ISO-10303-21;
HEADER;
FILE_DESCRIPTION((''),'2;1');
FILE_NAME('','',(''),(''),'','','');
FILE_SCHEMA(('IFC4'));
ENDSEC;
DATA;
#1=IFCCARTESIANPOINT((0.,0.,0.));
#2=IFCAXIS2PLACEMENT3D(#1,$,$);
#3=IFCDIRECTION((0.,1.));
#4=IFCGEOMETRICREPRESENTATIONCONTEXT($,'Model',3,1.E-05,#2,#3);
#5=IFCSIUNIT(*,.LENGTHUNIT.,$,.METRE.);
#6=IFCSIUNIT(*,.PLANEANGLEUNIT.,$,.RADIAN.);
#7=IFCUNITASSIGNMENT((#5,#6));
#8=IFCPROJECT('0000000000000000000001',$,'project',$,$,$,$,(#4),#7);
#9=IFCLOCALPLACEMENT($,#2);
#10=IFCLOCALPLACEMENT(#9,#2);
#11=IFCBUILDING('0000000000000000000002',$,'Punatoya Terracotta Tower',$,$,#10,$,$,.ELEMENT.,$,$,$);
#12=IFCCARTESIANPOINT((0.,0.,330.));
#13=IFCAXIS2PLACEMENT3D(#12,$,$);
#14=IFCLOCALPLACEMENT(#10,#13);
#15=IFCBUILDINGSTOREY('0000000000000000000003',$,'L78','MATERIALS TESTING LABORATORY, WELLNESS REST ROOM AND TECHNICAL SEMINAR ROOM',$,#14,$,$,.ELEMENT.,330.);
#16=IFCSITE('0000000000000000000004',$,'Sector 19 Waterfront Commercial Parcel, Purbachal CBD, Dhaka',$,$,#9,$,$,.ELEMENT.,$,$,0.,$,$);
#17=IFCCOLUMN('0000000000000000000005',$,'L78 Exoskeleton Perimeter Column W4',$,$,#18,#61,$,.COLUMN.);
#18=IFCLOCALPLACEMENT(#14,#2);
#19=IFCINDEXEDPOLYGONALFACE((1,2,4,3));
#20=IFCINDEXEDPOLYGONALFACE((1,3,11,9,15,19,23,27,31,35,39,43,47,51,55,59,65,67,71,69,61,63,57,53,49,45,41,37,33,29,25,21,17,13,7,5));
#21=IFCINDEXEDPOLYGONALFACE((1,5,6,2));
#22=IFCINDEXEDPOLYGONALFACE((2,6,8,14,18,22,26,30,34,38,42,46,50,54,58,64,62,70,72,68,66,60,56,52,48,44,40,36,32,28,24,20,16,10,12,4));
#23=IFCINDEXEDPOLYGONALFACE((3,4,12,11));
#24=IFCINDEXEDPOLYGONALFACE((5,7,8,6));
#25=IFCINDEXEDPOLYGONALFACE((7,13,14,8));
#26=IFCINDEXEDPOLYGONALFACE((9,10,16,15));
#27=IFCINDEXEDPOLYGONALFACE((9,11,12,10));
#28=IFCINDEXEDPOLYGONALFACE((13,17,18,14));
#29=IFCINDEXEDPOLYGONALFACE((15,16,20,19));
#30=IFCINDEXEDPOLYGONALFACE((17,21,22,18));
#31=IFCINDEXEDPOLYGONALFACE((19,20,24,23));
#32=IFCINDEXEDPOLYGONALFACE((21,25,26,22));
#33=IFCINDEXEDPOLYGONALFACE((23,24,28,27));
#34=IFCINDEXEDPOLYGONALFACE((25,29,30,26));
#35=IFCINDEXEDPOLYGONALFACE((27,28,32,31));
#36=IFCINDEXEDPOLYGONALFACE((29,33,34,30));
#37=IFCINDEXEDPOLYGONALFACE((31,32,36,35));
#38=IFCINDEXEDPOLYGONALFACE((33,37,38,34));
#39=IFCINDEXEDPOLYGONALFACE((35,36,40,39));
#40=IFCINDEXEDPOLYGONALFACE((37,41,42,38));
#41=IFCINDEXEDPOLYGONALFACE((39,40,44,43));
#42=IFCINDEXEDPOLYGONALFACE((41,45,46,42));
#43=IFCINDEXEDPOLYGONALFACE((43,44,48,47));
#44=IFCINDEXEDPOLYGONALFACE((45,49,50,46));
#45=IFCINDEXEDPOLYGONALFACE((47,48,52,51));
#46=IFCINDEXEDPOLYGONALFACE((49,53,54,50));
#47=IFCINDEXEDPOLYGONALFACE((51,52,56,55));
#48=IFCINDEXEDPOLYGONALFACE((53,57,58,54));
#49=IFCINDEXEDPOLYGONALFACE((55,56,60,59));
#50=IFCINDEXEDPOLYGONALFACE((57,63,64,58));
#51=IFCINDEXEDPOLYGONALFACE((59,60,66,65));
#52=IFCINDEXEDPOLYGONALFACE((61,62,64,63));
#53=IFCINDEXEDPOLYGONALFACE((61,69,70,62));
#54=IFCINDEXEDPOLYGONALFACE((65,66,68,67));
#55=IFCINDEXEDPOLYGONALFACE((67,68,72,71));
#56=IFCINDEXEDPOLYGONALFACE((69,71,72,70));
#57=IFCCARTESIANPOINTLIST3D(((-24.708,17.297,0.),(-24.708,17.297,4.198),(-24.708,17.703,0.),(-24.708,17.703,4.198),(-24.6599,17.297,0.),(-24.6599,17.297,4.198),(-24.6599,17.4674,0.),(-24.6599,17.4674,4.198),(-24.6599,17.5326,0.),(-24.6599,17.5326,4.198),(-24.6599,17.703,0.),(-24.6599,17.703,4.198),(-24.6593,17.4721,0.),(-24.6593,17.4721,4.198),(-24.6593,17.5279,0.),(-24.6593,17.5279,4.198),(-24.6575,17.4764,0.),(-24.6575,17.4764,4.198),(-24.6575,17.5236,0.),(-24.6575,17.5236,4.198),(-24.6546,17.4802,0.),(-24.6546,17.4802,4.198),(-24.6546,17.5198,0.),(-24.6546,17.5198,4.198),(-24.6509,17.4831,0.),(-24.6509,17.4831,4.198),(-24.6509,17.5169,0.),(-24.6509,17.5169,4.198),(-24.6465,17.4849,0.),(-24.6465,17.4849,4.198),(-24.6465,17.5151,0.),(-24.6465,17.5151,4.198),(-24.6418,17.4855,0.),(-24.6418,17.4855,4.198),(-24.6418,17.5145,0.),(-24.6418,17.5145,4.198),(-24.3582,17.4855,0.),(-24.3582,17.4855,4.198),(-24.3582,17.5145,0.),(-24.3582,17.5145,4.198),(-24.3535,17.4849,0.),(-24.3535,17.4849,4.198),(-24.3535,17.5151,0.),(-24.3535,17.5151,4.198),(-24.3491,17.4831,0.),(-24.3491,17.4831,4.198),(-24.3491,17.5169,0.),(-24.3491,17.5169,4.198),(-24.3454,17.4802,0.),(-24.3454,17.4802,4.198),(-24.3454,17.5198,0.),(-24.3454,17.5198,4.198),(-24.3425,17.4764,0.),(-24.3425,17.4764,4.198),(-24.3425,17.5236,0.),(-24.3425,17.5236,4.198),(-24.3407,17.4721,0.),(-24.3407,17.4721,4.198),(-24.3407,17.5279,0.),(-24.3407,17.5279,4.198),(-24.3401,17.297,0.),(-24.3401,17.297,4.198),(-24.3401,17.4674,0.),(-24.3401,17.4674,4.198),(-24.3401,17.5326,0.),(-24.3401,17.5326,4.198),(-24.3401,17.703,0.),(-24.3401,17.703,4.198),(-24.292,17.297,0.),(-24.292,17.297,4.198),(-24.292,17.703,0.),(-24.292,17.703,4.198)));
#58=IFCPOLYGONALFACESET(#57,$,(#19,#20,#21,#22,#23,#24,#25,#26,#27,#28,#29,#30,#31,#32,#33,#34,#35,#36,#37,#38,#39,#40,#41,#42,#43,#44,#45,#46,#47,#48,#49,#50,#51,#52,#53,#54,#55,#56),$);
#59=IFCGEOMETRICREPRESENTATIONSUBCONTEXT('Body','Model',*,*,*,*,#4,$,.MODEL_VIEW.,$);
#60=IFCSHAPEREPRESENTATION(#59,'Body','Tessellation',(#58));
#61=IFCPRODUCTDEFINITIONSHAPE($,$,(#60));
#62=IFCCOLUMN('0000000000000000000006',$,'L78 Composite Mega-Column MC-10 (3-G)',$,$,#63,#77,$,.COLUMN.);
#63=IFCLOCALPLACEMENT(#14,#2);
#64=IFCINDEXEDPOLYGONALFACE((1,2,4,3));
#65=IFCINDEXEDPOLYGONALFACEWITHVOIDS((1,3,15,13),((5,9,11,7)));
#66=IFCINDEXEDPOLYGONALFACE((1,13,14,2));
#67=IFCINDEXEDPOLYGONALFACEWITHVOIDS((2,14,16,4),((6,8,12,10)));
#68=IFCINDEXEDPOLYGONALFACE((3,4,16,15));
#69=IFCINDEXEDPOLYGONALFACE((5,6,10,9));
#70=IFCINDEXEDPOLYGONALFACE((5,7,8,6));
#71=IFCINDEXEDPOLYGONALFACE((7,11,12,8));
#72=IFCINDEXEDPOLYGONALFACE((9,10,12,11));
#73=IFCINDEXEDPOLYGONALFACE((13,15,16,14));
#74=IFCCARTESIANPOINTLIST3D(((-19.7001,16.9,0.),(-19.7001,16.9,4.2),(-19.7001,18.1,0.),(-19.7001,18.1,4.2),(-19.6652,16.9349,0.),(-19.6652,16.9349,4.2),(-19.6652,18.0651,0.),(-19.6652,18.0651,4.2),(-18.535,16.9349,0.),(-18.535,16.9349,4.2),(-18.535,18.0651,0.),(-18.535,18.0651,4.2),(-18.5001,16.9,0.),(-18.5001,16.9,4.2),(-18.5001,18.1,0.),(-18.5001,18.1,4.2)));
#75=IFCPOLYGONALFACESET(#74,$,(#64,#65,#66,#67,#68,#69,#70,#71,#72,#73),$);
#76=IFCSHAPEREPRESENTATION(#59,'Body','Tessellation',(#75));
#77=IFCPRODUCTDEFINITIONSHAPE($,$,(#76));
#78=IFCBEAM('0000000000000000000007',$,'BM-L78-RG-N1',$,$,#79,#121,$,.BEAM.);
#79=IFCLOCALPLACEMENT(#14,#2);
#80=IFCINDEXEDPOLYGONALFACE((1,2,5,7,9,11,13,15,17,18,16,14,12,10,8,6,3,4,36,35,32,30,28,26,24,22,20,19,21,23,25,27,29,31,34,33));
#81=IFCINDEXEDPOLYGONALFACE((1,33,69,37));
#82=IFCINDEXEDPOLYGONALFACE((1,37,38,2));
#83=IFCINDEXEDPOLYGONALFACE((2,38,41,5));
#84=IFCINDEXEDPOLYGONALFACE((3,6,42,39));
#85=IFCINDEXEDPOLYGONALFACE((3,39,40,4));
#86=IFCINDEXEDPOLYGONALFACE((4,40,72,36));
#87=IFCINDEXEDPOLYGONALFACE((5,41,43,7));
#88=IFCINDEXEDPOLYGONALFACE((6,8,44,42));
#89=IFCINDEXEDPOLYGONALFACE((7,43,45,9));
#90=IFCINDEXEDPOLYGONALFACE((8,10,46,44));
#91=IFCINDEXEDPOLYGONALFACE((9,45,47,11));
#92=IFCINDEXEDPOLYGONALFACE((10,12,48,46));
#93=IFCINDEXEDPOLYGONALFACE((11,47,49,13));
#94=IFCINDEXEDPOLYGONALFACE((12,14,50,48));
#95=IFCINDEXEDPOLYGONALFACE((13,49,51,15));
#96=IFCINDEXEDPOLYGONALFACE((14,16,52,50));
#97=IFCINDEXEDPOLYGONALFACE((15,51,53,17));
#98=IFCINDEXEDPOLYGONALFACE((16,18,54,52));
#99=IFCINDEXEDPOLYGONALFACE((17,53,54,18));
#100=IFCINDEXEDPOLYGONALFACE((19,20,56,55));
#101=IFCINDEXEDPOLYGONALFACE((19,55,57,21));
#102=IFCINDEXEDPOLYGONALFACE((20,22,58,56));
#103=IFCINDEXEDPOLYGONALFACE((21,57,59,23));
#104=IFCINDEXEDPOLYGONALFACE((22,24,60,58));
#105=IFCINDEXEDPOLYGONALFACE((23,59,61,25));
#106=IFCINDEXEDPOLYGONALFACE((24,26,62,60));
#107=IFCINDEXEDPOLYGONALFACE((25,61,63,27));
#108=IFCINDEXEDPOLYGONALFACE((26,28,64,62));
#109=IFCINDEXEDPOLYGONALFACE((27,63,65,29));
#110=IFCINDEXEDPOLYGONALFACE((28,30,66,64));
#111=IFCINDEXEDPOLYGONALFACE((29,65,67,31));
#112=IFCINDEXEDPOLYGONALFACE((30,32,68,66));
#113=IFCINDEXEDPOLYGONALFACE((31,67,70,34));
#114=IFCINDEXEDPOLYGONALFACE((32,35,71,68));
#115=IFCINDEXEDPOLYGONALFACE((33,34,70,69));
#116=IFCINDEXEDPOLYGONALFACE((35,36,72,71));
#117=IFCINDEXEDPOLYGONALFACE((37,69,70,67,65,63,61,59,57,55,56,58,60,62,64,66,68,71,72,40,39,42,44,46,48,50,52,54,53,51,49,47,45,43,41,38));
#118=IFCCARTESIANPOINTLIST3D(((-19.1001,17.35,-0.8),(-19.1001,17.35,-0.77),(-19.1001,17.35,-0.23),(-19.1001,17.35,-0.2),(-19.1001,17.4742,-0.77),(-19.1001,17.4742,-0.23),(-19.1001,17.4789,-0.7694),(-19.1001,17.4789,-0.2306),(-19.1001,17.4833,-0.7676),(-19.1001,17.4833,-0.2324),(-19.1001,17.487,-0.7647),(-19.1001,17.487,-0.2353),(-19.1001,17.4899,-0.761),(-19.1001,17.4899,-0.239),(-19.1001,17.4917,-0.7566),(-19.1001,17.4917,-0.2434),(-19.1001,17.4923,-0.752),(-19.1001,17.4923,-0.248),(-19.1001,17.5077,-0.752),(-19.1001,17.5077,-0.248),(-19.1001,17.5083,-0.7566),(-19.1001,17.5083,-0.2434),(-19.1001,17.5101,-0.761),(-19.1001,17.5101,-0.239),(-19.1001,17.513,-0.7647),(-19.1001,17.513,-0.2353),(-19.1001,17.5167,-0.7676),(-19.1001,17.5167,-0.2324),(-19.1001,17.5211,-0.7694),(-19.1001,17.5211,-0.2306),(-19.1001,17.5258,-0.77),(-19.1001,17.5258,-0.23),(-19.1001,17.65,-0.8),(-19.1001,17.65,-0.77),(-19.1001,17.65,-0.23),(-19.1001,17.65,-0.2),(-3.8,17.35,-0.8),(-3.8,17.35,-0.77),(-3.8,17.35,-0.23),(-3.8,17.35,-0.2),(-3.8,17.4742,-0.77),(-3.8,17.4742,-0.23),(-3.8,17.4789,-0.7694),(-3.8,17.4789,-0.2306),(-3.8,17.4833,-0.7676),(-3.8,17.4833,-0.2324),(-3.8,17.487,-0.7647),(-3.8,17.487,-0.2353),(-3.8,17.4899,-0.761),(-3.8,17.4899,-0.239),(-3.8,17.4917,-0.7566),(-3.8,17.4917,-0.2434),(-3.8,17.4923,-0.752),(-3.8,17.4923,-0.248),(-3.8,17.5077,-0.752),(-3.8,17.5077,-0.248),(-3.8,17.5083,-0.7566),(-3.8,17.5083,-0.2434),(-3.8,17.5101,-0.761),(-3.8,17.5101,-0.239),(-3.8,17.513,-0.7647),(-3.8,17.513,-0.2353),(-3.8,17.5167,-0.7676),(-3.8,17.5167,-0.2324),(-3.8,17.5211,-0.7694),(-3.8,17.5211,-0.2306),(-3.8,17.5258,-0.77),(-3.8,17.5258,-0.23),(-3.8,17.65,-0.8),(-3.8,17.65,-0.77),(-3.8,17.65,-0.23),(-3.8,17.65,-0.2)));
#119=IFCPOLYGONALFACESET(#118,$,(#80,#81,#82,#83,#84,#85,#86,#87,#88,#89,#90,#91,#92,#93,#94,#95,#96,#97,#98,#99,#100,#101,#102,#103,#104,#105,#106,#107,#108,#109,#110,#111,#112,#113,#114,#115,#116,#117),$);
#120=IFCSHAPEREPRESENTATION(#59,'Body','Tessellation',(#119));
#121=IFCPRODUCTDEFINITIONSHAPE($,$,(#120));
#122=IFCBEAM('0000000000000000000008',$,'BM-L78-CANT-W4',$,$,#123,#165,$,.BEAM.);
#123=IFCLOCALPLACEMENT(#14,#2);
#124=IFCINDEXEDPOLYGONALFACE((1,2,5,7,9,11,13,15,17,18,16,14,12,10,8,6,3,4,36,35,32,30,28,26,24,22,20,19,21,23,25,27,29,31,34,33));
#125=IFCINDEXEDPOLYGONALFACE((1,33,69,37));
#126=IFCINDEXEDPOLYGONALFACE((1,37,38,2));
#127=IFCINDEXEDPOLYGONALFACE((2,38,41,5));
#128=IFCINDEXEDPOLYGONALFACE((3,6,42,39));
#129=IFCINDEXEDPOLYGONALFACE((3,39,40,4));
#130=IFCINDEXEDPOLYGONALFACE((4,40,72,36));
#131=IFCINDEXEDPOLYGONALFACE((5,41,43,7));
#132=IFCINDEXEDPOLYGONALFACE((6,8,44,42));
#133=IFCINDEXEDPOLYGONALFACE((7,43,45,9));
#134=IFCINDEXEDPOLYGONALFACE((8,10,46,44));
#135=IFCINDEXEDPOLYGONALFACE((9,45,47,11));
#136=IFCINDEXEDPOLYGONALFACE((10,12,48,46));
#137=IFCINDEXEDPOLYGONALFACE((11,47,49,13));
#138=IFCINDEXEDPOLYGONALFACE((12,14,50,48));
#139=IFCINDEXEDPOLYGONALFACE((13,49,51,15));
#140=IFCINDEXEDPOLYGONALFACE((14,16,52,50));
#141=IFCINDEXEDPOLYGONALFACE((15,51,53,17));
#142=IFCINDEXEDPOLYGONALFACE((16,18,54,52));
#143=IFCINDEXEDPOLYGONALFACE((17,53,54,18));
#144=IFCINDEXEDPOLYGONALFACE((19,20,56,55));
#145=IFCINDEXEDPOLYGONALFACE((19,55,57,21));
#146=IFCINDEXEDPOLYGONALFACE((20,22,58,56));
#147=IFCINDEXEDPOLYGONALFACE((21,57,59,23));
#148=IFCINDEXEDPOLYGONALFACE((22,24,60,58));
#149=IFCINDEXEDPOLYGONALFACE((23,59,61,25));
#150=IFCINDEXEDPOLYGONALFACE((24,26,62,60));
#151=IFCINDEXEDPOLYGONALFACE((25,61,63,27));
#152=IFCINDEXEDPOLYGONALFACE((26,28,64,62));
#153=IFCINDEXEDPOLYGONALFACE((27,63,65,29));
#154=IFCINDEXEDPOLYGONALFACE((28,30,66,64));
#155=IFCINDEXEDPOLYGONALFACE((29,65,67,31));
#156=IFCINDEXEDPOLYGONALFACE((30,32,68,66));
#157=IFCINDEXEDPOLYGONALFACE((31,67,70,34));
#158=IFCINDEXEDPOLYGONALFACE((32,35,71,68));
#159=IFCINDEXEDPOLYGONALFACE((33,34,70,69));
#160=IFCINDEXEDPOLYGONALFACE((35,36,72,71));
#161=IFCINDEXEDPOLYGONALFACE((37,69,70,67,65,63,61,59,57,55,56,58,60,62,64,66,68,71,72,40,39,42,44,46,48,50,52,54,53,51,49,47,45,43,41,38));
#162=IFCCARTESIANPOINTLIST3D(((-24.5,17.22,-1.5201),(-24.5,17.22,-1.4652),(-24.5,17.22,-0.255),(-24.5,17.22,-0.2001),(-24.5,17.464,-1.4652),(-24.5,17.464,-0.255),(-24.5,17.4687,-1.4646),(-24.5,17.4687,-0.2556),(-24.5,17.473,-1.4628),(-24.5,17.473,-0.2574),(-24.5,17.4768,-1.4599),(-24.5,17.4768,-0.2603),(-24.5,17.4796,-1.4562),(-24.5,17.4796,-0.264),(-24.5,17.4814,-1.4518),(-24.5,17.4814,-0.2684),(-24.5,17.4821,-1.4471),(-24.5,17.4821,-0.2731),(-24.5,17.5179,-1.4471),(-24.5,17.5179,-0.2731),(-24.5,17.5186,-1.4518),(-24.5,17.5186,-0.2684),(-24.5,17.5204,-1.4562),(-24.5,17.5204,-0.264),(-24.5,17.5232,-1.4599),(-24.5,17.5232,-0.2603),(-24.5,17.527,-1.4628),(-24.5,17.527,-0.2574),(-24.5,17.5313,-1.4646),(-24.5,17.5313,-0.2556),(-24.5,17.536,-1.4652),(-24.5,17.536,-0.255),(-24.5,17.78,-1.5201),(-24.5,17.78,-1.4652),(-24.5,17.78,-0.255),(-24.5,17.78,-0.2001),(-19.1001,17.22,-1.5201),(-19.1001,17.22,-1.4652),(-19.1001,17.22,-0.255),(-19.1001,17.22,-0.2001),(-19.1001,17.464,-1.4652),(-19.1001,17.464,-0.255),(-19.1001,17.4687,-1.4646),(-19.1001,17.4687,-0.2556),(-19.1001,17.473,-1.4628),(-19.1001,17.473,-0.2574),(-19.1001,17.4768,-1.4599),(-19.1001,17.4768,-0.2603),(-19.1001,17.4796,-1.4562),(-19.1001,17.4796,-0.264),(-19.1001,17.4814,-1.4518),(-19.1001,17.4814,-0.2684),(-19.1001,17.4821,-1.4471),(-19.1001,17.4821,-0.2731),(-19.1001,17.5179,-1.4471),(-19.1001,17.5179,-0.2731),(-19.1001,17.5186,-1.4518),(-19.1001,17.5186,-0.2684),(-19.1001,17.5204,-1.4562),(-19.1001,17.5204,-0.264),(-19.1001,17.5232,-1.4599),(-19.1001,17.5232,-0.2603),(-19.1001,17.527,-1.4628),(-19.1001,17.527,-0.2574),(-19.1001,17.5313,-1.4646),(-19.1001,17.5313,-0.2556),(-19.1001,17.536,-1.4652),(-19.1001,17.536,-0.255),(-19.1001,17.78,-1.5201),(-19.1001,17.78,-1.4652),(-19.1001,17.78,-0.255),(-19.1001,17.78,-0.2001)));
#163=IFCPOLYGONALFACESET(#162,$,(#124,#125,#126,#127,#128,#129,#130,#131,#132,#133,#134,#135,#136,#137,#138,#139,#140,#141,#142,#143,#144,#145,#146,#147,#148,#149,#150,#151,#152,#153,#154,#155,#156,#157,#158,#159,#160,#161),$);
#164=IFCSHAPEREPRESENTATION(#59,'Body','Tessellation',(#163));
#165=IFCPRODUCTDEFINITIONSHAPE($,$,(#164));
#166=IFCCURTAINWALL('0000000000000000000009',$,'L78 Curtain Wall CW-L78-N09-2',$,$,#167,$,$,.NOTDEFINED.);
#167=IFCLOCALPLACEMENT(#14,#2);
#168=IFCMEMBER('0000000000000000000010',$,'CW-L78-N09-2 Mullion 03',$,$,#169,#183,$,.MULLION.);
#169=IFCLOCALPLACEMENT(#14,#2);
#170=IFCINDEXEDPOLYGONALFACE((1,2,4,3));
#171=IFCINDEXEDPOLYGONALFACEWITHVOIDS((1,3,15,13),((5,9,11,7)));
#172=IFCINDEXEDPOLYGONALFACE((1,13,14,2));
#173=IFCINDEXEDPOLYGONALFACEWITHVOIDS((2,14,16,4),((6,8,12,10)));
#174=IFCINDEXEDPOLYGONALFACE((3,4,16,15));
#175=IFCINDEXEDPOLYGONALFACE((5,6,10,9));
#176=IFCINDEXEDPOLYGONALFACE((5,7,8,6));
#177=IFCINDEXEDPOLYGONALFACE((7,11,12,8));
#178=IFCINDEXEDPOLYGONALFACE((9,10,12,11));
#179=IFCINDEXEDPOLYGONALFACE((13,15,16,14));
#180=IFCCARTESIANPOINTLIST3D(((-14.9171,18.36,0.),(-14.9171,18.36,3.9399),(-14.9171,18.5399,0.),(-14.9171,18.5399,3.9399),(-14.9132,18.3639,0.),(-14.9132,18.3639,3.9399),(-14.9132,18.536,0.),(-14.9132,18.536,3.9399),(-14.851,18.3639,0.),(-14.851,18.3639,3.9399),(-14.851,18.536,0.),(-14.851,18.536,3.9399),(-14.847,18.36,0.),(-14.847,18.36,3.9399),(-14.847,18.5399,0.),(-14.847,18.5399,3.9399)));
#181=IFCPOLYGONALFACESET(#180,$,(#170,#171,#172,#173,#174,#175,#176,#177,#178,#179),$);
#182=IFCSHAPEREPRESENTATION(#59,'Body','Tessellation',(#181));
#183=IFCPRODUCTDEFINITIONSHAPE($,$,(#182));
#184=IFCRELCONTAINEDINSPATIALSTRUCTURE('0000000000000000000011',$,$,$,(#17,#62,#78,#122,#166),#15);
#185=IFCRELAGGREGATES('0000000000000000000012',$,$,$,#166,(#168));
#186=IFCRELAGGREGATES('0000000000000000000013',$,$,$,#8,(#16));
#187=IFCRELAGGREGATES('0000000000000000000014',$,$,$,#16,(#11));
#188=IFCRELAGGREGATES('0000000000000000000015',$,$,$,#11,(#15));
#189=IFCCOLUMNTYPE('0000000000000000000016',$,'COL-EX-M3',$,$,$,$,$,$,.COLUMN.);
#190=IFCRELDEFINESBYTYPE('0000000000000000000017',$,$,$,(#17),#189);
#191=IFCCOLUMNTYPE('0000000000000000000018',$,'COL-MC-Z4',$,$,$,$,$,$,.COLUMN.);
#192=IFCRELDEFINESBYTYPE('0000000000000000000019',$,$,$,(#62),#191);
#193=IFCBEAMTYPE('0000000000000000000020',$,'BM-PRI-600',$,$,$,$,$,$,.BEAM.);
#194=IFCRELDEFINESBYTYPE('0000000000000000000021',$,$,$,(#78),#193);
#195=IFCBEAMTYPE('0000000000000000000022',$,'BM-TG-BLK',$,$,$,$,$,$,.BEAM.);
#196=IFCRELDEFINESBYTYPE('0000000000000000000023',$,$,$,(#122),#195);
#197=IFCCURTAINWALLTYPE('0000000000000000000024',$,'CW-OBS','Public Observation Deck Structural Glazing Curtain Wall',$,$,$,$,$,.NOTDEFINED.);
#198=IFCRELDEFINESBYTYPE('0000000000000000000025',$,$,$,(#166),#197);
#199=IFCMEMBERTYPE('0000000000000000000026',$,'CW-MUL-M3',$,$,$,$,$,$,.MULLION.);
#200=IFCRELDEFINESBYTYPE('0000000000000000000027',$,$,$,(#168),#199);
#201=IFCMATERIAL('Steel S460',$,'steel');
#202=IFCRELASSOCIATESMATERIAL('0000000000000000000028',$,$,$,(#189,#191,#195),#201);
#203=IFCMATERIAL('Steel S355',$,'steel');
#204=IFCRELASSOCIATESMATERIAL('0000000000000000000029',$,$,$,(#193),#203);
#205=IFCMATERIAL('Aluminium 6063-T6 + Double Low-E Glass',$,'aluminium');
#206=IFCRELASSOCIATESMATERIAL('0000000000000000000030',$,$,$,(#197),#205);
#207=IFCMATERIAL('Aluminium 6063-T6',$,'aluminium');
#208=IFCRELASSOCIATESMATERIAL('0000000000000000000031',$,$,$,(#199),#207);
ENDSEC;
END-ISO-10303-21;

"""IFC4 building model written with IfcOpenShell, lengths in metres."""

from ifc_helpers import new_model, si_unit, direction, frame, origin, origin_2d, place, context, subcontext, project, spatial, hollow_rectangle, i_section, extrude, material, material_profile, profile_set, type_object, element, aggregate, save


model = new_model("IFC4")

# Units and contexts
model_context = context("Model", 3, precision=1e-05, world=origin(), true_north=direction((0.0, 1.0)))
body_context = subcontext(model_context, "Body", "Model", "MODEL_VIEW")
ifc_project = project(units=[si_unit("LENGTHUNIT", "METRE"), si_unit("PLANEANGLEUNIT", "RADIAN")], contexts=[model_context])

# Site, building, storey
site_placement = place(None, origin())
site = spatial("IfcSite", under=ifc_project, at=site_placement, Name="Sector 19 Waterfront Commercial Parcel, Purbachal CBD, Dhaka", CompositionType="ELEMENT", RefElevation=0.0)
building_placement = place(site_placement, origin())
building = spatial("IfcBuilding", under=site, at=building_placement, Name="Punatoya Terracotta Tower", CompositionType="ELEMENT")
storey_placement = place(building_placement, frame((0.0, 0.0, 330.0)))
storey = spatial("IfcBuildingStorey", under=building, at=storey_placement, Name="L78", Description="MATERIALS TESTING LABORATORY, WELLNESS REST ROOM AND TECHNICAL SEMINAR ROOM", CompositionType="ELEMENT", Elevation=330.0)

# Columns
ifc_material_1 = material(Name="Steel S460", Category="steel")
ifc_material_profile_1 = material_profile(ifc_material_1, i_section(OverallWidth=0.406, OverallDepth=0.416, WebThickness=0.0291, FlangeThickness=0.0481, FilletRadius=0.0181, at=origin_2d()))
ifc_profile_set_1 = profile_set([ifc_material_profile_1], Name="Steel S460")
column_type_1 = type_object("IfcColumnType", Name="COL-EX-M3", PredefinedType="COLUMN", material=ifc_profile_set_1)
column_1_placement = place(storey_placement, frame((-24.5, 17.5, 0.0), z_axis=(0.0, 0.0, 1.0), x_axis=(0.0, 1.0, 0.0)))
element("IfcColumn", 1, at=column_1_placement, inside=storey, type_object=column_type_1, Name="L78 Exoskeleton Perimeter Column W4", PredefinedType="COLUMN", context=body_context, shape_type="SweptSolid", body=[
    extrude(i_section(OverallWidth=0.406, OverallDepth=0.416, WebThickness=0.0291, FlangeThickness=0.0481, FilletRadius=0.0181, at=origin_2d()), origin(), (0.0, 0.0, 1.0), 4.198),
])
ifc_material_profile_2 = material_profile(ifc_material_1, hollow_rectangle(XDim=1.2, YDim=1.2, WallThickness=0.0349, at=origin_2d()))
ifc_profile_set_2 = profile_set([ifc_material_profile_2], Name="Steel S460")
column_type_2 = type_object("IfcColumnType", Name="COL-MC-Z4", PredefinedType="COLUMN", material=ifc_profile_set_2)
column_2_placement = place(storey_placement, frame((-19.1001, 17.5, 0.0), z_axis=(0.0, 0.0, 1.0), x_axis=(1.0, 0.0, 0.0)))
element("IfcColumn", 2, at=column_2_placement, inside=storey, type_object=column_type_2, Name="L78 Composite Mega-Column MC-10 (3-G)", PredefinedType="COLUMN", context=body_context, shape_type="SweptSolid", body=[
    extrude(hollow_rectangle(XDim=1.2, YDim=1.2, WallThickness=0.0349, at=origin_2d()), origin(), (0.0, 0.0, 1.0), 4.2),
])

# Beams
ifc_material_2 = material(Name="Steel S355", Category="steel")
ifc_material_profile_3 = material_profile(ifc_material_2, i_section(OverallWidth=0.3, OverallDepth=0.6001, WebThickness=0.0154, FlangeThickness=0.03, FilletRadius=0.0181, at=origin_2d()))
ifc_profile_set_3 = profile_set([ifc_material_profile_3], Name="Steel S355")
beam_type_1 = type_object("IfcBeamType", Name="BM-PRI-600", PredefinedType="BEAM", material=ifc_profile_set_3)
beam_1_placement = place(storey_placement, frame((-19.1001, 17.5, -0.5), z_axis=(1.0, 0.0, 0.0), x_axis=(0.0, 1.0, 0.0)))
element("IfcBeam", 3, at=beam_1_placement, inside=storey, type_object=beam_type_1, Name="BM-L78-RG-N1", PredefinedType="BEAM", context=body_context, shape_type="SweptSolid", body=[
    extrude(i_section(OverallWidth=0.3, OverallDepth=0.6001, WebThickness=0.0154, FlangeThickness=0.03, FilletRadius=0.0181, at=origin_2d()), origin(), (0.0, 0.0, 1.0), 15.3),
])
ifc_material_profile_4 = material_profile(ifc_material_1, i_section(OverallWidth=0.5601, OverallDepth=1.3201, WebThickness=0.0359, FlangeThickness=0.0549, FilletRadius=0.0181, at=origin_2d()))
ifc_profile_set_4 = profile_set([ifc_material_profile_4], Name="Steel S460")
beam_type_2 = type_object("IfcBeamType", Name="BM-TG-BLK", PredefinedType="BEAM", material=ifc_profile_set_4)
beam_2_placement = place(storey_placement, frame((-24.5, 17.5, -0.8601), z_axis=(1.0, 0.0, 0.0), x_axis=(0.0, 1.0, 0.0)))
element("IfcBeam", 4, at=beam_2_placement, inside=storey, type_object=beam_type_2, Name="BM-L78-CANT-W4", PredefinedType="BEAM", context=body_context, shape_type="SweptSolid", body=[
    extrude(i_section(OverallWidth=0.5601, OverallDepth=1.3201, WebThickness=0.0359, FlangeThickness=0.0549, FilletRadius=0.0181, at=origin_2d()), origin(), (0.0, 0.0, 1.0), 5.3999),
])

# Curtain wall, member
ifc_material_3 = material(Name="Aluminium 6063-T6 + Double Low-E Glass", Category="aluminium")
curtain_wall_type = type_object("IfcCurtainWallType", Name="CW-OBS", Description="Public Observation Deck Structural Glazing Curtain Wall", PredefinedType="NOTDEFINED", material=ifc_material_3)
curtain_wall_1_placement = place(storey_placement, origin())
curtain_wall_1 = element("IfcCurtainWall", 5, at=curtain_wall_1_placement, inside=storey, type_object=curtain_wall_type, Name="L78 Curtain Wall CW-L78-N09-2", PredefinedType="NOTDEFINED")
ifc_material_4 = material(Name="Aluminium 6063-T6", Category="aluminium")
ifc_material_profile_5 = material_profile(ifc_material_4, hollow_rectangle(XDim=0.0701, YDim=0.1799, WallThickness=0.0039, at=origin_2d()))
ifc_profile_set_5 = profile_set([ifc_material_profile_5], Name="Aluminium 6063-T6")
member_type_1 = type_object("IfcMemberType", Name="CW-MUL-M3", PredefinedType="MULLION", material=ifc_profile_set_5)
member_1_placement = place(storey_placement, frame((-14.8821, 18.45, 0.0), z_axis=(0.0, 0.0, 1.0), x_axis=(1.0, 0.0, 0.0)))
member_1 = element("IfcMember", 6, at=member_1_placement, type_object=member_type_1, Name="CW-L78-N09-2 Mullion 03", PredefinedType="MULLION", context=body_context, shape_type="SweptSolid", body=[
    extrude(hollow_rectangle(XDim=0.0701, YDim=0.1799, WallThickness=0.0039, at=origin_2d()), origin(), (0.0, 0.0, 1.0), 3.9399),
])

aggregate(curtain_wall_1, [member_1])

save(model, "model.ifc")
